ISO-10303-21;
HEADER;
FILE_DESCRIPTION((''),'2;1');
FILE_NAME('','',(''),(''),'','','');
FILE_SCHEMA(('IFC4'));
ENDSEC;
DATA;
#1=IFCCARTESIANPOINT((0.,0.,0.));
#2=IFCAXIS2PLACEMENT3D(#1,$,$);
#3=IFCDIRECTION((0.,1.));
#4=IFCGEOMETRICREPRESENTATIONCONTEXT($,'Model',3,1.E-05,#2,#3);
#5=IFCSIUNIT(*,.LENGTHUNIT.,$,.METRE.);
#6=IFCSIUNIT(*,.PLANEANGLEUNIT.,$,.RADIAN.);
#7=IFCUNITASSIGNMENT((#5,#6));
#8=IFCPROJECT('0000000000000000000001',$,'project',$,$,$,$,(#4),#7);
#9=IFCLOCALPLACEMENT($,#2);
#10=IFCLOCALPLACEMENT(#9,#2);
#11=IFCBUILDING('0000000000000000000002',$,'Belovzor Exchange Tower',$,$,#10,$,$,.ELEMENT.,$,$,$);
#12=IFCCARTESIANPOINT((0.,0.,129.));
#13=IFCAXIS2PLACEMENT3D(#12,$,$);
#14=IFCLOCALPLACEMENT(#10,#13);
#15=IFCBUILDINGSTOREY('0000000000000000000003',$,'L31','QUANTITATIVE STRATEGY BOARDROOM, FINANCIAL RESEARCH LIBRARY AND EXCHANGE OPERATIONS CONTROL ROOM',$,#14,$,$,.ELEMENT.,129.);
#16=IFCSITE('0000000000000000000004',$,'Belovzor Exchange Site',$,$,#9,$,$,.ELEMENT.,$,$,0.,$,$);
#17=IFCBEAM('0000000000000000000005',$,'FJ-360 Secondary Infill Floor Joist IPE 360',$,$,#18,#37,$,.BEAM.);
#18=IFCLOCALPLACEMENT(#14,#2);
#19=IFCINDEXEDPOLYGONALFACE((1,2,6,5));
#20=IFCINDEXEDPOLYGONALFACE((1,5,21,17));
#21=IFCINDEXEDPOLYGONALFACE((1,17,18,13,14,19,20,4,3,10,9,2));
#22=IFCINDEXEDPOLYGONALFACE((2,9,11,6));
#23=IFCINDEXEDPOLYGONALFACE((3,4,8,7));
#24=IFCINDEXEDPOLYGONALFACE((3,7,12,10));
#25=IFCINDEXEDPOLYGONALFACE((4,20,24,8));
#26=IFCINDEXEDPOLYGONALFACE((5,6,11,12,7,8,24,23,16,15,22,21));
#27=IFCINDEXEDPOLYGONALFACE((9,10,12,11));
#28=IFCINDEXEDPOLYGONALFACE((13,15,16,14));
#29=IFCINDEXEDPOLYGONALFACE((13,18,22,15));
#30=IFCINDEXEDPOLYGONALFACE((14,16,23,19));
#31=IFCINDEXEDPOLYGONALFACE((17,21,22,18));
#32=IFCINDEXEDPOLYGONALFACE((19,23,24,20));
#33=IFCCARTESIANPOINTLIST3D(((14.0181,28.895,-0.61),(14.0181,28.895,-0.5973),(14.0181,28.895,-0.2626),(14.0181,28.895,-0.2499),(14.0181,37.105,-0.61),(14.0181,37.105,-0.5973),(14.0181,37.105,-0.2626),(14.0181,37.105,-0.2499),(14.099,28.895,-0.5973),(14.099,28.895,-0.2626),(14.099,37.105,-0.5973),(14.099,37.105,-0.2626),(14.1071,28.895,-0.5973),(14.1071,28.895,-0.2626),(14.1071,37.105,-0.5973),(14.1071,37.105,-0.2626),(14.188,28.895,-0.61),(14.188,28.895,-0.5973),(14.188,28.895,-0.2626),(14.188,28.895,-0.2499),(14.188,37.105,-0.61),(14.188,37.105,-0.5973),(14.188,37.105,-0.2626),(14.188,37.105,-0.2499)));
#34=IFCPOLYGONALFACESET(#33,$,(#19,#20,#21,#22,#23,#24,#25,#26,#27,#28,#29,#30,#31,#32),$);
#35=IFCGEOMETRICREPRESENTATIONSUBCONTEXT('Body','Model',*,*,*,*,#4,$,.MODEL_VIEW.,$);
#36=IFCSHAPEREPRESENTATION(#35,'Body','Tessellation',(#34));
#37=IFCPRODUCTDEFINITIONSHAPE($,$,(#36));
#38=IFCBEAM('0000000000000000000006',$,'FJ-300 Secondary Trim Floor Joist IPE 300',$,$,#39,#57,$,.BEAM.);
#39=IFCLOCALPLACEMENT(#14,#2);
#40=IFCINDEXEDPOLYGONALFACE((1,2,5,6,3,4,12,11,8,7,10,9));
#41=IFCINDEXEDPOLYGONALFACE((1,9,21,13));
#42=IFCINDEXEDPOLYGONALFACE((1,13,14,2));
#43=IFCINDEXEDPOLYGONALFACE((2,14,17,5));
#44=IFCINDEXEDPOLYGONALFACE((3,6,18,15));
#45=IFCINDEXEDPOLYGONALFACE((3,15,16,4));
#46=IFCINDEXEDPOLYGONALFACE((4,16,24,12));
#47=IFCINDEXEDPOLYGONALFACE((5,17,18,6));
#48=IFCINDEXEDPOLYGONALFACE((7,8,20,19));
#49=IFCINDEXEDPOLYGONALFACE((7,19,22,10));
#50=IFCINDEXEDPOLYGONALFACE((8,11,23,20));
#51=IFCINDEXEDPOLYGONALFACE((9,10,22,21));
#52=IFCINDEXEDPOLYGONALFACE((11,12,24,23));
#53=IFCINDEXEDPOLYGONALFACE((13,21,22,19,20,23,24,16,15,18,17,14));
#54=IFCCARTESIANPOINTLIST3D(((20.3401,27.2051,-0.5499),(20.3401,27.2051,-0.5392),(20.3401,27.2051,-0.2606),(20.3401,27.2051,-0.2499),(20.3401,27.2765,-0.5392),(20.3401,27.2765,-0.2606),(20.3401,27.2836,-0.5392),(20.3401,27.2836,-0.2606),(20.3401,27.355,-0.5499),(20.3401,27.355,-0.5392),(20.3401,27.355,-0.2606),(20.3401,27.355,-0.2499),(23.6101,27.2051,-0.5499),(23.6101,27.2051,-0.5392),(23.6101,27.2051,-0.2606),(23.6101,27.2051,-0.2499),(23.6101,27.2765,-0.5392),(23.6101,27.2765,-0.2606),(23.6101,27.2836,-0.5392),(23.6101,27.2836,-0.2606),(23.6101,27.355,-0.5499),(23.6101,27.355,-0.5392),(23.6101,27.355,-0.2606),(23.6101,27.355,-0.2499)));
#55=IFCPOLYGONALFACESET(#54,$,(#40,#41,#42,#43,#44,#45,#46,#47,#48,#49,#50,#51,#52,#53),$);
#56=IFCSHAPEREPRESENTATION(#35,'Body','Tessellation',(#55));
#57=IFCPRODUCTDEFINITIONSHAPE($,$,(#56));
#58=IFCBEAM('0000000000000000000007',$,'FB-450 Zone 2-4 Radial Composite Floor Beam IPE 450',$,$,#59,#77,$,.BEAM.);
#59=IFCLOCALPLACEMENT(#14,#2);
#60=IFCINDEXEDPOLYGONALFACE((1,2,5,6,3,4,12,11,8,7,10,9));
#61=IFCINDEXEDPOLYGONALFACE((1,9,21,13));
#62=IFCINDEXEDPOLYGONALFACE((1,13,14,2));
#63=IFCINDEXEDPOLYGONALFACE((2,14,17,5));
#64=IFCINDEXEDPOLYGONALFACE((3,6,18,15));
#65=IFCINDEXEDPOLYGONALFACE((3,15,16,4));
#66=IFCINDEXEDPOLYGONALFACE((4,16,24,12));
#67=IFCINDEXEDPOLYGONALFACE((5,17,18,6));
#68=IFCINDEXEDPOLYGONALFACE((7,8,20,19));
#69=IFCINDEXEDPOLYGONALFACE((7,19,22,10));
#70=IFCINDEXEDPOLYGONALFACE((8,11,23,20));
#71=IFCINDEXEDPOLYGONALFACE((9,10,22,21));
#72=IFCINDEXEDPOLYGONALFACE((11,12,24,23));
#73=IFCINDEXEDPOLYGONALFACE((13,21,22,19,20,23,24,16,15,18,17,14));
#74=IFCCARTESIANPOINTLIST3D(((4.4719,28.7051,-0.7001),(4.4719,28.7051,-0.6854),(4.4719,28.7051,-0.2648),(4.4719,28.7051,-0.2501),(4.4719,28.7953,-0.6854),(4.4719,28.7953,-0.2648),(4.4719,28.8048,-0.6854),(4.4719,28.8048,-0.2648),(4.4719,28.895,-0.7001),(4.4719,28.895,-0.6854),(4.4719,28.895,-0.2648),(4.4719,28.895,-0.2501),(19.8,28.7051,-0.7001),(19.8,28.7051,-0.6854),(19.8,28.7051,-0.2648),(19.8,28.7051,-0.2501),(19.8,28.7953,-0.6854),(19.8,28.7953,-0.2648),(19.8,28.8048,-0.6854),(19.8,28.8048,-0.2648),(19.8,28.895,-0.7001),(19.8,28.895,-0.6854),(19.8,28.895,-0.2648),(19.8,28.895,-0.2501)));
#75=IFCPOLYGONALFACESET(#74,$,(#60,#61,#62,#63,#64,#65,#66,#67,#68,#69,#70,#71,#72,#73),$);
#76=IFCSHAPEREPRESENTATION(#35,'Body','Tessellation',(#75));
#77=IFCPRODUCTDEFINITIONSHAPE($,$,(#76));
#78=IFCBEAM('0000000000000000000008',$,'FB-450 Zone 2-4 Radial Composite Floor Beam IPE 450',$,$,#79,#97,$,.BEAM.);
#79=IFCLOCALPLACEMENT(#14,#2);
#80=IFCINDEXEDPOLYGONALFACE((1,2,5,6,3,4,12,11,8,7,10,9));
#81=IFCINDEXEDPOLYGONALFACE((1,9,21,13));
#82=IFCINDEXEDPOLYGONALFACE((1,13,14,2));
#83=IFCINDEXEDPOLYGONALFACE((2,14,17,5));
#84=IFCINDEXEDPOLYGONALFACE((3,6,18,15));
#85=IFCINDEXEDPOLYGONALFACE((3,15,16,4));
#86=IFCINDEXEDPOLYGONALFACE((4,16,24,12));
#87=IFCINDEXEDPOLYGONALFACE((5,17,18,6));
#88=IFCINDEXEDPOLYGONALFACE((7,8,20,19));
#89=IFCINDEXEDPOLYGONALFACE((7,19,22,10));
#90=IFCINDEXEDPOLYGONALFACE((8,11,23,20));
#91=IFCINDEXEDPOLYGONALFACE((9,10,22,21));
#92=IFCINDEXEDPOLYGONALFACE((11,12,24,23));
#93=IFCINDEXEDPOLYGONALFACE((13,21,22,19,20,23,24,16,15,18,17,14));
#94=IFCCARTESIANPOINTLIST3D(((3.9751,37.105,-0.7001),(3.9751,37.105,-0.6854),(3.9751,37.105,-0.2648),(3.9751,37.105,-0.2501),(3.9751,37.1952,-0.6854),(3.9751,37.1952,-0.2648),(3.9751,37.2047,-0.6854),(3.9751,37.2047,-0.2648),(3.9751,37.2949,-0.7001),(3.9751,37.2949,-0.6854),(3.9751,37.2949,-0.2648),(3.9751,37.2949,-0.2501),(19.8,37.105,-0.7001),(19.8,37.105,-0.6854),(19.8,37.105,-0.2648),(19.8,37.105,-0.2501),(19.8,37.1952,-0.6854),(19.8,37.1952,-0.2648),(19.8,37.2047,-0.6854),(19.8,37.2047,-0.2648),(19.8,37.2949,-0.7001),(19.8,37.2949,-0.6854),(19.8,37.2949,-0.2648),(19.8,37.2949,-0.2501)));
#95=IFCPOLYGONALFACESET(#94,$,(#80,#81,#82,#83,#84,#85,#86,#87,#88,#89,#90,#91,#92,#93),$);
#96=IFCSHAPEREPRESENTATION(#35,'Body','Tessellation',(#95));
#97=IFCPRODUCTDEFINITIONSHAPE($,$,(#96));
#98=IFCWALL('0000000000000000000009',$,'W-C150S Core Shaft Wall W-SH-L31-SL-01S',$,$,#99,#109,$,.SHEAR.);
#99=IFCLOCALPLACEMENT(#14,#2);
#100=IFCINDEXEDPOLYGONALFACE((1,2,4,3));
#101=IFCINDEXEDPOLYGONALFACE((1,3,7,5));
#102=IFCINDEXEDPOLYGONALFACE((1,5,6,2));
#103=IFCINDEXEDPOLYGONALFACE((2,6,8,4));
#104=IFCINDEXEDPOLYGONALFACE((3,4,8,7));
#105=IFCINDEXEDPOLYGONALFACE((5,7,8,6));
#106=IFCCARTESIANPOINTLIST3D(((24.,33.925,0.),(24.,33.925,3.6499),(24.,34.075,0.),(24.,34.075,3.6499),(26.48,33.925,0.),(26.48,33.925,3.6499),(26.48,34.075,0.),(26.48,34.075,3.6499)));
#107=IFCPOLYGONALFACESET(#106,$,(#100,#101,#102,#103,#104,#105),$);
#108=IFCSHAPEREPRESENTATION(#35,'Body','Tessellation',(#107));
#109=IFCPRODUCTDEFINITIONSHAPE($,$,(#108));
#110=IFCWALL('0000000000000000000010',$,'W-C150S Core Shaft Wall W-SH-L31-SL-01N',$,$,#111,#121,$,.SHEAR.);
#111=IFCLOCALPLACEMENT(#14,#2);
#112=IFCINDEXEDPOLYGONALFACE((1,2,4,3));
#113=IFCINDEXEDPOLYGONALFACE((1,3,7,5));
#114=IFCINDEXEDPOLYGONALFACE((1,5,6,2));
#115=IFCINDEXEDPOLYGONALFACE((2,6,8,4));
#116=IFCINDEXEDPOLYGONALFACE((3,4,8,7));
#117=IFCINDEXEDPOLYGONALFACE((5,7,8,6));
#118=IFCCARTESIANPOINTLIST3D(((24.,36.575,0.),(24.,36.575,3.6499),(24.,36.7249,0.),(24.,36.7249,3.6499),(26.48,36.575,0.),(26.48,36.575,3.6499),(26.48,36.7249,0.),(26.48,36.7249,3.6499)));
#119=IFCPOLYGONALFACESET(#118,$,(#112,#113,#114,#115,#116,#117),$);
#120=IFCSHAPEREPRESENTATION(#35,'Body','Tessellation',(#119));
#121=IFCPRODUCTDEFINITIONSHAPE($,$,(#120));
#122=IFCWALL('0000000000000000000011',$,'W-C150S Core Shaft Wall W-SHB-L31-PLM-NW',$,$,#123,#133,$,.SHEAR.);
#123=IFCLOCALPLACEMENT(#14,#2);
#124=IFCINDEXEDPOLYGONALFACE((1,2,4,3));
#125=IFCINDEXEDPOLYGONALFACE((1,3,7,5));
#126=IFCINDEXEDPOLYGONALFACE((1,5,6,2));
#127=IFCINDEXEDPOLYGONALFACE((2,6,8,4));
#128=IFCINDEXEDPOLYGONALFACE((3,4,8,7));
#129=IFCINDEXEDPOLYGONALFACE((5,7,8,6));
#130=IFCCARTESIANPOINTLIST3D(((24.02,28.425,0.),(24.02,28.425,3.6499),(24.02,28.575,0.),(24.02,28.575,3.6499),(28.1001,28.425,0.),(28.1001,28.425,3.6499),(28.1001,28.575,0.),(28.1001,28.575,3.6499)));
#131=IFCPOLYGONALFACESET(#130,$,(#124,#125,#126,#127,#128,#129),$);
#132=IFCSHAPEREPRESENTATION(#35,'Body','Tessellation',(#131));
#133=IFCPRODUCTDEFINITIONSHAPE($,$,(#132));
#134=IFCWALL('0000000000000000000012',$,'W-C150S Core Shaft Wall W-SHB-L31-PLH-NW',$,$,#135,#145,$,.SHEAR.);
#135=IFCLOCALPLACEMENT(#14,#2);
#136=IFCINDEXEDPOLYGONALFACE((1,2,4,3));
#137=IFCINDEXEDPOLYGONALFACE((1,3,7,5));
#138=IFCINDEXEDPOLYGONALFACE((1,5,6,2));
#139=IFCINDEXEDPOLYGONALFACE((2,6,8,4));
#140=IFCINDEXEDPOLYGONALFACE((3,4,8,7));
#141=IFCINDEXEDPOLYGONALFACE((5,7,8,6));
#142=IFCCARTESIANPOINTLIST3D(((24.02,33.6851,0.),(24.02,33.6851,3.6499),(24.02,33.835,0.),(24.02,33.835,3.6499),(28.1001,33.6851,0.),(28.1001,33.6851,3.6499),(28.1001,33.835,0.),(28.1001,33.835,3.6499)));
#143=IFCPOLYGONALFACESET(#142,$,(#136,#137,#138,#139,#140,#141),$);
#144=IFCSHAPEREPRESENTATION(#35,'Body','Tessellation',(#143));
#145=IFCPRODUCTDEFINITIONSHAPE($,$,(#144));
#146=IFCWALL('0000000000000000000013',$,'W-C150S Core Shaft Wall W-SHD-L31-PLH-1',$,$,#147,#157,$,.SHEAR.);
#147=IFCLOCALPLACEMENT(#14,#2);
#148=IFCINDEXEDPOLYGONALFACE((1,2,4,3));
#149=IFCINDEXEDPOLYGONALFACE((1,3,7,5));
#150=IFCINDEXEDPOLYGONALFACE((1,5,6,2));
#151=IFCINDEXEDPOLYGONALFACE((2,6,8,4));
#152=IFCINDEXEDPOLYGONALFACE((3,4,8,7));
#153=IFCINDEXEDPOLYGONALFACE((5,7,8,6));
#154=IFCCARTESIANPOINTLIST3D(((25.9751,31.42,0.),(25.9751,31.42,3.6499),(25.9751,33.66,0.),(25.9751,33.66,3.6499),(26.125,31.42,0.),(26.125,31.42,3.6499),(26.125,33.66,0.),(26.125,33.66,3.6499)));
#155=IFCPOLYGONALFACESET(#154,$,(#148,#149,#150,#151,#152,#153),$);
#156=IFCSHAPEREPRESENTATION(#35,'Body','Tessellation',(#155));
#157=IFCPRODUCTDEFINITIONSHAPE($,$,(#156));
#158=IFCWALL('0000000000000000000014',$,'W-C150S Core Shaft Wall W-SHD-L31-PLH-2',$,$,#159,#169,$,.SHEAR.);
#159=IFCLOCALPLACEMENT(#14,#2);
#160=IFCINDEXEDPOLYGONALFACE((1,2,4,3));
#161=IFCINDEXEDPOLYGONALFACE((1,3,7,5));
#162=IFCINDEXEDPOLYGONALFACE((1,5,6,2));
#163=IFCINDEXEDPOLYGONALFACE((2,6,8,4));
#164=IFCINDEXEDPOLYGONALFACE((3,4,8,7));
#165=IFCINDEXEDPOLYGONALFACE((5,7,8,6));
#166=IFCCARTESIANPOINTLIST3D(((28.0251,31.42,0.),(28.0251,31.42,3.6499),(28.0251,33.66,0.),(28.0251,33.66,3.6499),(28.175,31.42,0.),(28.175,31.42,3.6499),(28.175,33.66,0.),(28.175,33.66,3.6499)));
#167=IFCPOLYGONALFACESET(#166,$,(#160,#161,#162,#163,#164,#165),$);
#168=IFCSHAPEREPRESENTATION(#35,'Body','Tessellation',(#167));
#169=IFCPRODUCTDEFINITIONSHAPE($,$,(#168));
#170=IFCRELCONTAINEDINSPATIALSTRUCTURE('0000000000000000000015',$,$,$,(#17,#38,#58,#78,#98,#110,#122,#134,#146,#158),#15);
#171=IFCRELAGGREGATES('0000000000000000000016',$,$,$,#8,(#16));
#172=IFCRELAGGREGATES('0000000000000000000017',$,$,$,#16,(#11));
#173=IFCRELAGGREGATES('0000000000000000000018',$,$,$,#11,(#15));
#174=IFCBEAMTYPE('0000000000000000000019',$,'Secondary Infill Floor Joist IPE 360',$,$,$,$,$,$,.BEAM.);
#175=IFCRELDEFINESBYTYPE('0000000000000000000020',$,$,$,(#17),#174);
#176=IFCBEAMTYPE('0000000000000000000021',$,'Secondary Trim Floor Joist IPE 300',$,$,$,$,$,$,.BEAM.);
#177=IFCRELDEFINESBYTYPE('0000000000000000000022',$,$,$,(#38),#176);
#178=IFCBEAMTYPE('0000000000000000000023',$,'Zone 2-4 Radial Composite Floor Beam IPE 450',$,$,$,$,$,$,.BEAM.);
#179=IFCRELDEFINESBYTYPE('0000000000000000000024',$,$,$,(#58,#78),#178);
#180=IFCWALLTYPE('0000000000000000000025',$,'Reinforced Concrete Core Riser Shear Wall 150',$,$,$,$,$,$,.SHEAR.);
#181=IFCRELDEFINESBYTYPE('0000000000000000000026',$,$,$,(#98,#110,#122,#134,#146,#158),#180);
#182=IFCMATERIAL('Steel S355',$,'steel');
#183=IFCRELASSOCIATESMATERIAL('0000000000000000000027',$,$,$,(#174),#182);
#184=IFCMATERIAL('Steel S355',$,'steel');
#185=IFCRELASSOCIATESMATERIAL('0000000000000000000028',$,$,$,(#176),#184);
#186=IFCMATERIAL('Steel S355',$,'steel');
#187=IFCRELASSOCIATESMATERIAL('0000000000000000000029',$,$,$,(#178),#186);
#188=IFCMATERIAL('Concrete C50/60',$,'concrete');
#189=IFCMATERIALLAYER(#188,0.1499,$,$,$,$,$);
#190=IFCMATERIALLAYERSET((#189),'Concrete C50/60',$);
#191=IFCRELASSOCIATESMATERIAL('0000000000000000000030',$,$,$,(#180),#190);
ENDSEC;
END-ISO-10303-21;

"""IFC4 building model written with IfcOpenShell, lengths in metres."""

from ifc_helpers import new_model, si_unit, direction, frame, frame_2d, origin, origin_2d, place, context, subcontext, project, spatial, rectangle, i_section, extrude, material, layer, layer_set, material_profile, profile_set, type_object, element, save


model = new_model("IFC4")

# Units and contexts
model_context = context("Model", 3, precision=1e-05, world=origin(), true_north=direction((0.0, 1.0)))
body_context = subcontext(model_context, "Body", "Model", "MODEL_VIEW")
ifc_project = project(units=[si_unit("LENGTHUNIT", "METRE"), si_unit("PLANEANGLEUNIT", "RADIAN")], contexts=[model_context])

# Site, building, storey
site_placement = place(None, origin())
site = spatial("IfcSite", under=ifc_project, at=site_placement, Name="Belovzor Exchange Site", CompositionType="ELEMENT", RefElevation=0.0)
building_placement = place(site_placement, origin())
building = spatial("IfcBuilding", under=site, at=building_placement, Name="Belovzor Exchange Tower", CompositionType="ELEMENT")
storey_placement = place(building_placement, frame((0.0, 0.0, 129.0)))
storey = spatial("IfcBuildingStorey", under=building, at=storey_placement, Name="L31", Description="QUANTITATIVE STRATEGY BOARDROOM, FINANCIAL RESEARCH LIBRARY AND EXCHANGE OPERATIONS CONTROL ROOM", CompositionType="ELEMENT", Elevation=129.0)

# Beams
ifc_material_1 = material(Name="Steel S355", Category="steel")
ifc_material_profile_1 = material_profile(ifc_material_1, i_section(OverallWidth=0.1699, OverallDepth=0.3601, WebThickness=0.0081, FlangeThickness=0.0127, at=origin_2d()))
ifc_profile_set_1 = profile_set([ifc_material_profile_1], Name="Steel S355")
beam_type_1 = type_object("IfcBeamType", Name="Secondary Infill Floor Joist IPE 360", PredefinedType="BEAM", material=ifc_profile_set_1)
beam_1_placement = place(storey_placement, frame((14.103, 28.895, -0.4299), z_axis=(0.0, 1.0, 0.0), x_axis=(-1.0, 0.0, 0.0)))
element("IfcBeam", 1, at=beam_1_placement, inside=storey, type_object=beam_type_1, Name="FJ-360 Secondary Infill Floor Joist IPE 360", PredefinedType="BEAM", context=body_context, shape_type="SweptSolid", body=[
    extrude(i_section(OverallWidth=0.1699, OverallDepth=0.3601, WebThickness=0.0081, FlangeThickness=0.0127, at=origin_2d()), origin(), (0.0, 0.0, 1.0), 8.21),
])
ifc_material_2 = material(Name="Steel S355", Category="steel")
ifc_material_profile_2 = material_profile(ifc_material_2, i_section(OverallWidth=0.1499, OverallDepth=0.3, WebThickness=0.0071, FlangeThickness=0.0107, at=origin_2d()))
ifc_profile_set_2 = profile_set([ifc_material_profile_2], Name="Steel S355")
beam_type_2 = type_object("IfcBeamType", Name="Secondary Trim Floor Joist IPE 300", PredefinedType="BEAM", material=ifc_profile_set_2)
beam_2_placement = place(storey_placement, frame((20.3401, 27.28, -0.3999), z_axis=(1.0, 0.0, 0.0), x_axis=(0.0, 1.0, 0.0)))
element("IfcBeam", 2, at=beam_2_placement, inside=storey, type_object=beam_type_2, Name="FJ-300 Secondary Trim Floor Joist IPE 300", PredefinedType="BEAM", context=body_context, shape_type="SweptSolid", body=[
    extrude(i_section(OverallWidth=0.1499, OverallDepth=0.3, WebThickness=0.0071, FlangeThickness=0.0107, at=origin_2d()), origin(), (0.0, 0.0, 1.0), 3.27),
])
ifc_material_3 = material(Name="Steel S355", Category="steel")
ifc_material_profile_3 = material_profile(ifc_material_3, i_section(OverallWidth=0.1899, OverallDepth=0.45, WebThickness=0.0095, FlangeThickness=0.0146, at=origin_2d()))
ifc_profile_set_3 = profile_set([ifc_material_profile_3], Name="Steel S355")
beam_type_3 = type_object("IfcBeamType", Name="Zone 2-4 Radial Composite Floor Beam IPE 450", PredefinedType="BEAM", material=ifc_profile_set_3)
beam_3_placement = place(storey_placement, frame((19.8, 28.8, -0.4751), z_axis=(-1.0, 0.0, 0.0), x_axis=(0.0, -1.0, 0.0)))
element("IfcBeam", 3, at=beam_3_placement, inside=storey, type_object=beam_type_3, Name="FB-450 Zone 2-4 Radial Composite Floor Beam IPE 450", PredefinedType="BEAM", context=body_context, shape_type="SweptSolid", body=[
    extrude(i_section(OverallWidth=0.1899, OverallDepth=0.45, WebThickness=0.0095, FlangeThickness=0.0146, at=origin_2d()), origin(), (0.0, 0.0, 1.0), 15.3281),
])
beam_4_placement = place(storey_placement, frame((19.8, 37.2, -0.4751), z_axis=(-1.0, 0.0, 0.0), x_axis=(0.0, -1.0, 0.0)))
element("IfcBeam", 4, at=beam_4_placement, inside=storey, type_object=beam_type_3, Name="FB-450 Zone 2-4 Radial Composite Floor Beam IPE 450", PredefinedType="BEAM", context=body_context, shape_type="SweptSolid", body=[
    extrude(i_section(OverallWidth=0.1899, OverallDepth=0.45, WebThickness=0.0095, FlangeThickness=0.0146, at=origin_2d()), origin(), (0.0, 0.0, 1.0), 15.825),
])

# Walls
ifc_material_4 = material(Name="Concrete C50/60", Category="concrete")
ifc_layer_1 = layer(ifc_material_4, 0.1499)
ifc_layer_set_1 = layer_set([ifc_layer_1], Name="Concrete C50/60")
wall_type_1 = type_object("IfcWallType", Name="Reinforced Concrete Core Riser Shear Wall 150", PredefinedType="SHEAR", material=ifc_layer_set_1)
for number, where, z_axis, x_axis, name in (
    (5, (24.0, 34.0, 0.0), (0.0, 0.0, 1.0), (1.0, 0.0, 0.0), "W-C150S Core Shaft Wall W-SH-L31-SL-01S"),
    (6, (24.0, 36.6499, 0.0), (0.0, 0.0, 1.0), (1.0, 0.0, 0.0), "W-C150S Core Shaft Wall W-SH-L31-SL-01N"),
):
    element("IfcWall", number, at=place(storey_placement, frame(where, z_axis=z_axis, x_axis=x_axis)), inside=storey, type_object=wall_type_1, Name=name, PredefinedType="SHEAR", context=body_context, shape_type="SweptSolid", body=[
        extrude(rectangle(XDim=2.48, YDim=0.1499, at=frame_2d((1.24, 0.0))), origin(), (0.0, 0.0, 1.0), 3.6499),
    ])
for number, where, z_axis, x_axis, name in (
    (7, (24.02, 28.5, 0.0), (0.0, 0.0, 1.0), (1.0, 0.0, 0.0), "W-C150S Core Shaft Wall W-SHB-L31-PLM-NW"),
    (8, (24.02, 33.76, 0.0), (0.0, 0.0, 1.0), (1.0, 0.0, 0.0), "W-C150S Core Shaft Wall W-SHB-L31-PLH-NW"),
):
    element("IfcWall", number, at=place(storey_placement, frame(where, z_axis=z_axis, x_axis=x_axis)), inside=storey, type_object=wall_type_1, Name=name, PredefinedType="SHEAR", context=body_context, shape_type="SweptSolid", body=[
        extrude(rectangle(XDim=4.0801, YDim=0.1499, at=frame_2d((2.04, 0.0))), origin(), (0.0, 0.0, 1.0), 3.6499),
    ])
for number, where, z_axis, x_axis, name in (
    (9, (26.05, 31.4199, 0.0), (0.0, 0.0, 1.0), (0.0, 1.0, 0.0), "W-C150S Core Shaft Wall W-SHD-L31-PLH-1"),
    (10, (28.1001, 31.4199, 0.0), (0.0, 0.0, 1.0), (0.0, 1.0, 0.0), "W-C150S Core Shaft Wall W-SHD-L31-PLH-2"),
):
    element("IfcWall", number, at=place(storey_placement, frame(where, z_axis=z_axis, x_axis=x_axis)), inside=storey, type_object=wall_type_1, Name=name, PredefinedType="SHEAR", context=body_context, shape_type="SweptSolid", body=[
        extrude(rectangle(XDim=2.24, YDim=0.1499, at=frame_2d((1.1201, 0.0))), origin(), (0.0, 0.0, 1.0), 3.6499),
    ])

save(model, "model.ifc")
